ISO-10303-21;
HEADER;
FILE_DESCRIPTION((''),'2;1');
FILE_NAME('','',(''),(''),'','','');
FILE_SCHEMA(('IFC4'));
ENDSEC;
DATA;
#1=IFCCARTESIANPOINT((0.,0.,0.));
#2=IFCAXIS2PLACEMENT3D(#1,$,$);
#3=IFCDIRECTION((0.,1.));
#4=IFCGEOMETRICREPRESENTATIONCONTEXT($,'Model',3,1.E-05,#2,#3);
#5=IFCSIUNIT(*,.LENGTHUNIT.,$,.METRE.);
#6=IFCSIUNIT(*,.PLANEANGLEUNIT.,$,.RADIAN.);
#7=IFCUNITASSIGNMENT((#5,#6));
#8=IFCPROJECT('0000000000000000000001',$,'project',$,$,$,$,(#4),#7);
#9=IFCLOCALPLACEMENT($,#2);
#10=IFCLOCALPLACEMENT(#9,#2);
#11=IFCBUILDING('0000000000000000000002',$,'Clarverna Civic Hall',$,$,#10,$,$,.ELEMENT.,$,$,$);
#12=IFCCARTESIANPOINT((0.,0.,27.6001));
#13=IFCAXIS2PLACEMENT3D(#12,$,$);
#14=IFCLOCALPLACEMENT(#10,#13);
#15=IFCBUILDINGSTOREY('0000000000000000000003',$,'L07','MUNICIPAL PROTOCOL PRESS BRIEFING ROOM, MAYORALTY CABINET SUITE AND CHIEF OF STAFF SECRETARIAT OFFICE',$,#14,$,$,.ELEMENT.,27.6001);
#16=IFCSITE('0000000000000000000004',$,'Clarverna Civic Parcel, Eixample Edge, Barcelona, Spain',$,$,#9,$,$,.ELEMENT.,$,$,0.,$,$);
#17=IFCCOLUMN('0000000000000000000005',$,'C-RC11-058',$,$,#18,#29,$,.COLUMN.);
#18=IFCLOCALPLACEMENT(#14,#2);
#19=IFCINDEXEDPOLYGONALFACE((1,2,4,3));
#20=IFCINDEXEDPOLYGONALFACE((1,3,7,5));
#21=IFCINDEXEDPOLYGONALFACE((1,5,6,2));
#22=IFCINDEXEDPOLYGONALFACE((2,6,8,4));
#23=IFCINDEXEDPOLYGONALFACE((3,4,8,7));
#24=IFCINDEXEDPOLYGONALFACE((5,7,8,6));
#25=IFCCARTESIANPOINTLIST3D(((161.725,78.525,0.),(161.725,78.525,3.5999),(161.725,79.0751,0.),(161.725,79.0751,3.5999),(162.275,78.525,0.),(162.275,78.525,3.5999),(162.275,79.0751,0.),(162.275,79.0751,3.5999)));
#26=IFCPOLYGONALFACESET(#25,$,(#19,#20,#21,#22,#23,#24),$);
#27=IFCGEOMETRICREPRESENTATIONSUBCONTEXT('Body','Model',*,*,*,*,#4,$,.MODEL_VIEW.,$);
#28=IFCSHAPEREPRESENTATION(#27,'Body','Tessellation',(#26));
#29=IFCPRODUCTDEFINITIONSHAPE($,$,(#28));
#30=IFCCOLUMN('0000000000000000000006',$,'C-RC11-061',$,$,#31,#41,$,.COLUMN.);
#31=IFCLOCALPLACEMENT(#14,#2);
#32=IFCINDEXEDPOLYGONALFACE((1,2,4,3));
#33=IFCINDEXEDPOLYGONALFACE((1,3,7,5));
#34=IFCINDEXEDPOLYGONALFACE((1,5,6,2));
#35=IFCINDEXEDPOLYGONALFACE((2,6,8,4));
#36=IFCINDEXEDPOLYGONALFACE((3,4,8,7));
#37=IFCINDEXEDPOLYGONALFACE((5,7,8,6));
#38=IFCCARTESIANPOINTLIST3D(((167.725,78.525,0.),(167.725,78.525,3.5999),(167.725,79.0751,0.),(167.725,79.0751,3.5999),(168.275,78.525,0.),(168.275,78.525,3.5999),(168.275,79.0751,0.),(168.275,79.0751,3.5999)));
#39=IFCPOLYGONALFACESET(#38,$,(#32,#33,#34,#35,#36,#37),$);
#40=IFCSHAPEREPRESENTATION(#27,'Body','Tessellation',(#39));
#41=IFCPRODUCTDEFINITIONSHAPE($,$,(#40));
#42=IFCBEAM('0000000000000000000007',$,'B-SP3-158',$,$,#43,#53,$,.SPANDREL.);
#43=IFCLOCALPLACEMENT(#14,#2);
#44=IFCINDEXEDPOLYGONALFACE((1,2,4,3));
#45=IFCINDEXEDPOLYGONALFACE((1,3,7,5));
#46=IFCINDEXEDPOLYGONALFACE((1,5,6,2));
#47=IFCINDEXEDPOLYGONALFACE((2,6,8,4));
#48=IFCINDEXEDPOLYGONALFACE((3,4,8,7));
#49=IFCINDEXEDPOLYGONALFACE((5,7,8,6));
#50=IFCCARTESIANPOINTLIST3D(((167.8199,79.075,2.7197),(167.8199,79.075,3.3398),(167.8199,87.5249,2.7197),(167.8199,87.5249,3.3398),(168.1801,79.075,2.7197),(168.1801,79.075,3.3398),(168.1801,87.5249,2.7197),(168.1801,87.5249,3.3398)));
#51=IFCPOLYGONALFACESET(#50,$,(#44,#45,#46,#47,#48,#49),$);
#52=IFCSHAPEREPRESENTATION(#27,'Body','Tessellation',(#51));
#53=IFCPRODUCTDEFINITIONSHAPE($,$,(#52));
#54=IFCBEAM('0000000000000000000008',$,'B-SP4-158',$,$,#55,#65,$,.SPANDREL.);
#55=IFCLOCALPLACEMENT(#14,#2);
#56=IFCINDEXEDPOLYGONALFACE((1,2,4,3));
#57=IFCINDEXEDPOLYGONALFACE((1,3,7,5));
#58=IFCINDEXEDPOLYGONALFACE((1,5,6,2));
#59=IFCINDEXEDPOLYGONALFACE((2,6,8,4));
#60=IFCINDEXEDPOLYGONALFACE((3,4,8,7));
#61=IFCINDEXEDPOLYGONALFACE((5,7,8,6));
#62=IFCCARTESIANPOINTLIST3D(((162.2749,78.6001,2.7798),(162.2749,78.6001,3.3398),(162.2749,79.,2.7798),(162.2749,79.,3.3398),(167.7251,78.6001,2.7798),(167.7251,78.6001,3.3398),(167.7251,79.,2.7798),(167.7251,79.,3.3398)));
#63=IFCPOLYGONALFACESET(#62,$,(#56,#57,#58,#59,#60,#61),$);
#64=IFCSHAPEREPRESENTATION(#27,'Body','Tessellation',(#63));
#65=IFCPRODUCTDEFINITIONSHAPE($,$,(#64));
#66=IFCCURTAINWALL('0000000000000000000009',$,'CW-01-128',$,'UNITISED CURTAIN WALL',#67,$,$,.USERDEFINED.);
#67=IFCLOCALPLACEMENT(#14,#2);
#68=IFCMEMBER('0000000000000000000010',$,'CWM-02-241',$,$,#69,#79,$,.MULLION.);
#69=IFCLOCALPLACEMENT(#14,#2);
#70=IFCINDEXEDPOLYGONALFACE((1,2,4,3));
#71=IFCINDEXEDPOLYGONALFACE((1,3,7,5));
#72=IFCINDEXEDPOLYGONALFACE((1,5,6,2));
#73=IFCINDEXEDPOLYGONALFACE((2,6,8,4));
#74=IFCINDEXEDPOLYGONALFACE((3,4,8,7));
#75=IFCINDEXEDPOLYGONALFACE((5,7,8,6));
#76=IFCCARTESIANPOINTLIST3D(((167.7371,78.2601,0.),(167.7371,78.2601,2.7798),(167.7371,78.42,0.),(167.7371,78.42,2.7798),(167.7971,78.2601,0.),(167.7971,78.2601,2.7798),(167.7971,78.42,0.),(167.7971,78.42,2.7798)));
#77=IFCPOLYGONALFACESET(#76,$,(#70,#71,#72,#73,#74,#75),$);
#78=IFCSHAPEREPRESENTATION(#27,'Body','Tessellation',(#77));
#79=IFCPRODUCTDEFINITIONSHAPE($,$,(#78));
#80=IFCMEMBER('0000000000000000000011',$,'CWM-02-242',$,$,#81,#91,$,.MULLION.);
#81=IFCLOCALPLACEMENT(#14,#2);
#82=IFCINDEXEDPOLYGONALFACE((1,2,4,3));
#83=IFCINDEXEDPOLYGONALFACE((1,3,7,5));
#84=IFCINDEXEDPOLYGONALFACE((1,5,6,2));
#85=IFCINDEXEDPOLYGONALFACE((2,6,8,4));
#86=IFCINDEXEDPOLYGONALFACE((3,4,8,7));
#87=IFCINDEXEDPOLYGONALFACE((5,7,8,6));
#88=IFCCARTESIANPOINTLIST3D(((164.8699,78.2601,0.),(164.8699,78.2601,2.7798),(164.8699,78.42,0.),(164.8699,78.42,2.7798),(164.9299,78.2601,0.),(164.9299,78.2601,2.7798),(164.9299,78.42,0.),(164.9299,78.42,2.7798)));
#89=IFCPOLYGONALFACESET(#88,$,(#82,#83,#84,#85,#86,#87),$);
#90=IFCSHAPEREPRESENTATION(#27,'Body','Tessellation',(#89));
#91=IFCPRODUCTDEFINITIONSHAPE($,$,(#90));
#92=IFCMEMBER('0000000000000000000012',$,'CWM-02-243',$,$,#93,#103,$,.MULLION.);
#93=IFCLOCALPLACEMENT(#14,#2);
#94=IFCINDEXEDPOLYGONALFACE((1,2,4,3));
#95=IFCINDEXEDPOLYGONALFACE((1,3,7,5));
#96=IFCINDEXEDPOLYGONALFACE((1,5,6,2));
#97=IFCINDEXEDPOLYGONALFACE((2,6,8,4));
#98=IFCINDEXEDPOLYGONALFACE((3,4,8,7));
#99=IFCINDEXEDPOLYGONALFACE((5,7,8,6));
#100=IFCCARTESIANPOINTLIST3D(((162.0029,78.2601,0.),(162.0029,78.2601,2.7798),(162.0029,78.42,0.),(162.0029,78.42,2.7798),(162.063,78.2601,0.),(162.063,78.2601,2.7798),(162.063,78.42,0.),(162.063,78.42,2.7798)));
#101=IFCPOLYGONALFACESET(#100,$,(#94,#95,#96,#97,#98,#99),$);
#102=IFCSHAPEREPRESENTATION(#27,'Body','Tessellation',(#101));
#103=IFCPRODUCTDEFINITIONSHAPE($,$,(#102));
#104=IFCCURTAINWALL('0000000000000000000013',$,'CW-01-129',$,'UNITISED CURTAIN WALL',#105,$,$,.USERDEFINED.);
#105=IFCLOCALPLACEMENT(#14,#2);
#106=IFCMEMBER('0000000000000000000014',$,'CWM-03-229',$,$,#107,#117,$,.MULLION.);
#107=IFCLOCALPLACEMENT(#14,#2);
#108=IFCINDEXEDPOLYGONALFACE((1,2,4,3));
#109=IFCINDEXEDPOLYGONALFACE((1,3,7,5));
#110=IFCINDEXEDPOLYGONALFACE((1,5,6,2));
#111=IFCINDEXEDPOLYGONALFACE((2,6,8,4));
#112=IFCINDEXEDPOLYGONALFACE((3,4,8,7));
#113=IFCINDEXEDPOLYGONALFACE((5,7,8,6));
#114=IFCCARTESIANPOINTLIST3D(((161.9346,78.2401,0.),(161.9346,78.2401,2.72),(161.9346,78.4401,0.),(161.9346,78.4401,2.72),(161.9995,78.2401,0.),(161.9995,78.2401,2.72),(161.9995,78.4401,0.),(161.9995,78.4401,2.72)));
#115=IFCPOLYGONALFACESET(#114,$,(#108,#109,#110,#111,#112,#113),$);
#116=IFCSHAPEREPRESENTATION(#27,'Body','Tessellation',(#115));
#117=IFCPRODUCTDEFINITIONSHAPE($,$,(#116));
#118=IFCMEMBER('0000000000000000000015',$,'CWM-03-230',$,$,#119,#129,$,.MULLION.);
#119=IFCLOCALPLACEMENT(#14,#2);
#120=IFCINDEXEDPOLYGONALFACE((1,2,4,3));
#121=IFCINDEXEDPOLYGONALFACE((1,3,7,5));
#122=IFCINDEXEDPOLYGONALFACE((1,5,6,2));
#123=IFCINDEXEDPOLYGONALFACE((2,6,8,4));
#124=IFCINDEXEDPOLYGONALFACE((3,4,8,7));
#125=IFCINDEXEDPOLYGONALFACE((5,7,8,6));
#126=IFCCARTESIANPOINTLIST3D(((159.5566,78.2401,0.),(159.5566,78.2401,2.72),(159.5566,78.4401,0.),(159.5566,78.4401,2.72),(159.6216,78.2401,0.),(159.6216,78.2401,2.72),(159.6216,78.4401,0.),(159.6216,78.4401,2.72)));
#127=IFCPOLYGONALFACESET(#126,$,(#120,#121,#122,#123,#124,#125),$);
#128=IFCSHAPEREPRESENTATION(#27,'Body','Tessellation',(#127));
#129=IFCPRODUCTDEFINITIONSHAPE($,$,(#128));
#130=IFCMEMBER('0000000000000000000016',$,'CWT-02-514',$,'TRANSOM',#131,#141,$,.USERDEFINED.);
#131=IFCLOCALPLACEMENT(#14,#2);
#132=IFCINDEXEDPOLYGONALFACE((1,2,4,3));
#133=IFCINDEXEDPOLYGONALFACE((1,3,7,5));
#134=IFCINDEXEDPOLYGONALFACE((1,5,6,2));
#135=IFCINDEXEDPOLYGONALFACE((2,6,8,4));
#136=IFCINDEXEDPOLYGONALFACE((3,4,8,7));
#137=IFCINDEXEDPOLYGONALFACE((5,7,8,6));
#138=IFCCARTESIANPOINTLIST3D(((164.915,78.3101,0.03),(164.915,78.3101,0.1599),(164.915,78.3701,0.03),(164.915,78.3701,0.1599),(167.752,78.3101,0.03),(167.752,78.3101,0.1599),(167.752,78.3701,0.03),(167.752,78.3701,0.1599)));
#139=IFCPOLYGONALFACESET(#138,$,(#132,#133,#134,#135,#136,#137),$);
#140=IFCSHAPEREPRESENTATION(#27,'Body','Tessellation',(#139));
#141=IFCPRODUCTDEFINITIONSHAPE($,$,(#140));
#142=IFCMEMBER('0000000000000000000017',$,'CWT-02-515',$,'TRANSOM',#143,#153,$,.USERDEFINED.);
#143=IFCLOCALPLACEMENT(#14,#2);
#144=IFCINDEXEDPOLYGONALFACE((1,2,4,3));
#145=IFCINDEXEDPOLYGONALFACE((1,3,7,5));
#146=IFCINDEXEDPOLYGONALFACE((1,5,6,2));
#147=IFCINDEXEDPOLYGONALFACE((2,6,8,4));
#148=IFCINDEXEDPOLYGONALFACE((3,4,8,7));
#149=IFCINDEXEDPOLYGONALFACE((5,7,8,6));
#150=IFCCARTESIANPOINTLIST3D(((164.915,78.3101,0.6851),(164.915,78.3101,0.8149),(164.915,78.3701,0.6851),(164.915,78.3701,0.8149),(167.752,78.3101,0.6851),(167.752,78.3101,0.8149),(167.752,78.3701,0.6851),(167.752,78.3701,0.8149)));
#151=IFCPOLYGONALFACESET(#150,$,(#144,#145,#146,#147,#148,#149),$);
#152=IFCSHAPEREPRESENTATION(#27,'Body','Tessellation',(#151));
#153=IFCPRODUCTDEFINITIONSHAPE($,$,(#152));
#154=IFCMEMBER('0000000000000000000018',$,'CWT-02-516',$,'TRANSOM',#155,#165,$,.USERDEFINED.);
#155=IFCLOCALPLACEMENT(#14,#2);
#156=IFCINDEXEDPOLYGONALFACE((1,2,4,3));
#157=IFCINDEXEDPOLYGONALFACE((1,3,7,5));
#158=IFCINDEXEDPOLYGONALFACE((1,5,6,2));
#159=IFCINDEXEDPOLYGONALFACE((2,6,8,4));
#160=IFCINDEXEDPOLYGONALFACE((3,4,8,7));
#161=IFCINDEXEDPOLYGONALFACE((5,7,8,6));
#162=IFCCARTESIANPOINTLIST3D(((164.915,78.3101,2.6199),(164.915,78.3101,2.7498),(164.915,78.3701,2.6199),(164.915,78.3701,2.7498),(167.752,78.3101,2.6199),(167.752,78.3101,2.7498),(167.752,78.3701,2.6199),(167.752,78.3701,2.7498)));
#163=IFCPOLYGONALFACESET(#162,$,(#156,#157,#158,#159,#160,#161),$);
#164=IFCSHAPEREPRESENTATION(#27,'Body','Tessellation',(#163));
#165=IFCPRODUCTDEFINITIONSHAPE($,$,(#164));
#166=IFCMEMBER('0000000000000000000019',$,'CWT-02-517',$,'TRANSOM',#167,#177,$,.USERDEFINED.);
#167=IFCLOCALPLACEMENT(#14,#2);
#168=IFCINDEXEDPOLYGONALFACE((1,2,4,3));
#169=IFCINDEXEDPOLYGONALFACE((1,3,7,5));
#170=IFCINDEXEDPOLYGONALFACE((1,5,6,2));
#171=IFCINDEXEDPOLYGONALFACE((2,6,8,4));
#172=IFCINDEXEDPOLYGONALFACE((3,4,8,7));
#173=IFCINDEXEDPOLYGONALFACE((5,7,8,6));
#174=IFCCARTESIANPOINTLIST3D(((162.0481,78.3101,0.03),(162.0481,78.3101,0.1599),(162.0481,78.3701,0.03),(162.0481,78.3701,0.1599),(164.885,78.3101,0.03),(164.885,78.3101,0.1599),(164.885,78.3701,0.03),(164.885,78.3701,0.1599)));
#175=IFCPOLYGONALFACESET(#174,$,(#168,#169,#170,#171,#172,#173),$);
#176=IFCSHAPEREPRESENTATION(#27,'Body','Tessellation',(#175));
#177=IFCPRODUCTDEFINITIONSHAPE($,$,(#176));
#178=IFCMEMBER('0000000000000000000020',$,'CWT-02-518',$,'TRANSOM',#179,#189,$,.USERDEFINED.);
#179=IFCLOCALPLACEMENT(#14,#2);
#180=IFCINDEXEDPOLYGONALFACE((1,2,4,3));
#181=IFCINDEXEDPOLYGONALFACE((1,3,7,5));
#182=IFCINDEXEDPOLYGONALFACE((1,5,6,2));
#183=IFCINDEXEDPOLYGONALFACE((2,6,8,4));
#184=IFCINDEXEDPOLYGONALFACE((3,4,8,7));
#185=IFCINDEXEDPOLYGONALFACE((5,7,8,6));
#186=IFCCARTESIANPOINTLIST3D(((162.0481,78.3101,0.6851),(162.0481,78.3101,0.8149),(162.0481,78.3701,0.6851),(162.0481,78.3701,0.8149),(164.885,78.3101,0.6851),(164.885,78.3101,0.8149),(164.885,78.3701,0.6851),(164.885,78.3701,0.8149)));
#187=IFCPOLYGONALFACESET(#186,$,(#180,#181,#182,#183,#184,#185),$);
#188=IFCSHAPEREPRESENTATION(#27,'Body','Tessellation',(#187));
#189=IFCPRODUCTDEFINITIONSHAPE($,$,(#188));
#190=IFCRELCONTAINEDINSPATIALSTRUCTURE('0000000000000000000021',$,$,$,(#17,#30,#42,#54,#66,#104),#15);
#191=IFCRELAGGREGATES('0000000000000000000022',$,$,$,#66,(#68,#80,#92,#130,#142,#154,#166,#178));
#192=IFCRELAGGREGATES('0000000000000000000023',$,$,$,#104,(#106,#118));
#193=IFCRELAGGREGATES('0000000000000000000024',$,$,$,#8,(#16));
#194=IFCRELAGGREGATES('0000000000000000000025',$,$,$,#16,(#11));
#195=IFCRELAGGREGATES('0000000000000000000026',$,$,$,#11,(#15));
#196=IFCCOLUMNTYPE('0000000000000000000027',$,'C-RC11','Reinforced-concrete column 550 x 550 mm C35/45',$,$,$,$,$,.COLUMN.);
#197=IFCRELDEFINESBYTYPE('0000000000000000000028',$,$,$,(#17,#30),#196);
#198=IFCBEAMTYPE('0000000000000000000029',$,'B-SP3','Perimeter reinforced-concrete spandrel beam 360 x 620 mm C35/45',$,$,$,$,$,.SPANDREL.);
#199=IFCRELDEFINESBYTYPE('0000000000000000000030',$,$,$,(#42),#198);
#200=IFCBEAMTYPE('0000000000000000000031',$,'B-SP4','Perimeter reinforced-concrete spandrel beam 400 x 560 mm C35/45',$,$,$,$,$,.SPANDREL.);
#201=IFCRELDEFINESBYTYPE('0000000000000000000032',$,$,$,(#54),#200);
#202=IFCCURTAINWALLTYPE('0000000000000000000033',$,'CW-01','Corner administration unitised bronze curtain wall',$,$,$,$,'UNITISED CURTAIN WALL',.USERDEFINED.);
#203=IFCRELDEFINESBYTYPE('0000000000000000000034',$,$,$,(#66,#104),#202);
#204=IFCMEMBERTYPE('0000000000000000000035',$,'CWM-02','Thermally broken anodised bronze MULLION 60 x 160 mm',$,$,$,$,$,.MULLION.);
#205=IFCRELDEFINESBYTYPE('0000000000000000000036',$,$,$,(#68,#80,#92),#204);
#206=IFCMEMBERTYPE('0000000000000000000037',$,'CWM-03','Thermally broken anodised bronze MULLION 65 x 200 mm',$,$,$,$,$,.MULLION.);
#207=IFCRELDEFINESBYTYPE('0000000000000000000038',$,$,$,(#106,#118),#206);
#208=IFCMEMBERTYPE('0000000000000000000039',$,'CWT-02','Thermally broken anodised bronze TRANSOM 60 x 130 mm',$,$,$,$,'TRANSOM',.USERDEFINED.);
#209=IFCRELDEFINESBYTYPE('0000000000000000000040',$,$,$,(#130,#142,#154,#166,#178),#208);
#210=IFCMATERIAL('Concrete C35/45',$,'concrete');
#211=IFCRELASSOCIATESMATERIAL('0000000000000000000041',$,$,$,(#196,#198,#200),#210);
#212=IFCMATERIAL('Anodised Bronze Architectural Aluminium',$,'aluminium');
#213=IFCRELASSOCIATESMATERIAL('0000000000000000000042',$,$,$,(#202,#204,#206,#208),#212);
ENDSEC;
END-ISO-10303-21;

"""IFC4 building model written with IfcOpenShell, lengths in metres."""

from ifc_helpers import new_model, si_unit, direction, frame, origin, origin_2d, place, context, subcontext, project, spatial, rectangle, extrude, material, material_profile, profile_set, type_object, element, aggregate, save


model = new_model("IFC4")

# Units and contexts
model_context = context("Model", 3, precision=1e-05, world=origin(), true_north=direction((0.0, 1.0)))
body_context = subcontext(model_context, "Body", "Model", "MODEL_VIEW")
ifc_project = project(units=[si_unit("LENGTHUNIT", "METRE"), si_unit("PLANEANGLEUNIT", "RADIAN")], contexts=[model_context])

# Site, building, storey
site_placement = place(None, origin())
site = spatial("IfcSite", under=ifc_project, at=site_placement, Name="Clarverna Civic Parcel, Eixample Edge, Barcelona, Spain", CompositionType="ELEMENT", RefElevation=0.0)
building_placement = place(site_placement, origin())
building = spatial("IfcBuilding", under=site, at=building_placement, Name="Clarverna Civic Hall", CompositionType="ELEMENT")
storey_placement = place(building_placement, frame((0.0, 0.0, 27.6001)))
storey = spatial("IfcBuildingStorey", under=building, at=storey_placement, Name="L07", Description="MUNICIPAL PROTOCOL PRESS BRIEFING ROOM, MAYORALTY CABINET SUITE AND CHIEF OF STAFF SECRETARIAT OFFICE", CompositionType="ELEMENT", Elevation=27.6001)

# Columns
ifc_material_1 = material(Name="Concrete C35/45", Category="concrete")
ifc_material_profile_1 = material_profile(ifc_material_1, rectangle(XDim=0.55, YDim=0.55, at=origin_2d()), Name="RC 550x550")
ifc_profile_set_1 = profile_set([ifc_material_profile_1], Name="Concrete C35/45")
column_type = type_object("IfcColumnType", Name="C-RC11", Description="Reinforced-concrete column 550 x 550 mm C35/45", PredefinedType="COLUMN", material=ifc_profile_set_1)
for number, where, z_axis, x_axis, name in (
    (1, (162.0, 78.8, 0.0), (0.0, 0.0, 1.0), (1.0, 0.0, 0.0), "C-RC11-058"),
    (2, (168.0, 78.8, 0.0), (0.0, 0.0, 1.0), (1.0, 0.0, 0.0), "C-RC11-061"),
):
    element("IfcColumn", number, at=place(storey_placement, frame(where, z_axis=z_axis, x_axis=x_axis)), inside=storey, type_object=column_type, Name=name, PredefinedType="COLUMN", context=body_context, shape_type="SweptSolid", body=[
        extrude(rectangle(XDim=0.55, YDim=0.55, at=origin_2d()), origin(), (0.0, 0.0, 1.0), 3.5999),
    ])

# Beams
ifc_material_profile_2 = material_profile(ifc_material_1, rectangle(XDim=0.3601, YDim=0.6201, at=origin_2d()), Name="RC 360x620")
ifc_profile_set_2 = profile_set([ifc_material_profile_2], Name="Concrete C35/45")
beam_type_1 = type_object("IfcBeamType", Name="B-SP3", Description="Perimeter reinforced-concrete spandrel beam 360 x 620 mm C35/45", PredefinedType="SPANDREL", material=ifc_profile_set_2)
beam_1_placement = place(storey_placement, frame((168.0, 79.075, 3.0298), z_axis=(0.0, 1.0, 0.0), x_axis=(-1.0, 0.0, 0.0)))
element("IfcBeam", 3, at=beam_1_placement, inside=storey, type_object=beam_type_1, Name="B-SP3-158", PredefinedType="SPANDREL", context=body_context, shape_type="SweptSolid", body=[
    extrude(rectangle(XDim=0.3601, YDim=0.6201, at=origin_2d()), origin(), (0.0, 0.0, 1.0), 8.45),
])
ifc_material_profile_3 = material_profile(ifc_material_1, rectangle(XDim=0.3999, YDim=0.5601, at=origin_2d()), Name="RC 400x560")
ifc_profile_set_3 = profile_set([ifc_material_profile_3], Name="Concrete C35/45")
beam_type_2 = type_object("IfcBeamType", Name="B-SP4", Description="Perimeter reinforced-concrete spandrel beam 400 x 560 mm C35/45", PredefinedType="SPANDREL", material=ifc_profile_set_3)
beam_2_placement = place(storey_placement, frame((162.2749, 78.8, 3.0598), z_axis=(1.0, 0.0, 0.0), x_axis=(0.0, 1.0, 0.0)))
element("IfcBeam", 4, at=beam_2_placement, inside=storey, type_object=beam_type_2, Name="B-SP4-158", PredefinedType="SPANDREL", context=body_context, shape_type="SweptSolid", body=[
    extrude(rectangle(XDim=0.3999, YDim=0.5601, at=origin_2d()), origin(), (0.0, 0.0, 1.0), 5.4502),
])

# Curtain walls, members
ifc_material_2 = material(Name="Anodised Bronze Architectural Aluminium", Category="aluminium")
curtain_wall_type = type_object("IfcCurtainWallType", Name="CW-01", Description="Corner administration unitised bronze curtain wall", ElementType="UNITISED CURTAIN WALL", PredefinedType="USERDEFINED", material=ifc_material_2)
curtain_wall_1_placement = place(storey_placement, origin())
curtain_wall_1 = element("IfcCurtainWall", 5, at=curtain_wall_1_placement, inside=storey, type_object=curtain_wall_type, Name="CW-01-128", ObjectType="UNITISED CURTAIN WALL", PredefinedType="USERDEFINED")
ifc_material_profile_4 = material_profile(ifc_material_2, rectangle(XDim=0.0601, YDim=0.1599, at=origin_2d()), Name="BRONZE 60x160")
ifc_profile_set_4 = profile_set([ifc_material_profile_4], Name="Anodised Bronze Architectural Aluminium")
member_type_1 = type_object("IfcMemberType", Name="CWM-02", Description="Thermally broken anodised bronze MULLION 60 x 160 mm", PredefinedType="MULLION", material=ifc_profile_set_4)
member_1_placement = place(storey_placement, frame((167.7671, 78.3401, 0.0), z_axis=(0.0, 0.0, 1.0), x_axis=(1.0, 0.0, 0.0)))
member_1 = element("IfcMember", 6, at=member_1_placement, type_object=member_type_1, Name="CWM-02-241", PredefinedType="MULLION", context=body_context, shape_type="SweptSolid", body=[
    extrude(rectangle(XDim=0.0601, YDim=0.1599, at=origin_2d()), origin(), (0.0, 0.0, 1.0), 2.7798),
])
member_2_placement = place(storey_placement, frame((164.8999, 78.3401, 0.0), z_axis=(0.0, 0.0, 1.0), x_axis=(1.0, 0.0, 0.0)))
member_2 = element("IfcMember", 7, at=member_2_placement, type_object=member_type_1, Name="CWM-02-242", PredefinedType="MULLION", context=body_context, shape_type="SweptSolid", body=[
    extrude(rectangle(XDim=0.0601, YDim=0.1599, at=origin_2d()), origin(), (0.0, 0.0, 1.0), 2.7798),
])
member_3_placement = place(storey_placement, frame((162.033, 78.3401, 0.0), z_axis=(0.0, 0.0, 1.0), x_axis=(1.0, 0.0, 0.0)))
member_3 = element("IfcMember", 8, at=member_3_placement, type_object=member_type_1, Name="CWM-02-243", PredefinedType="MULLION", context=body_context, shape_type="SweptSolid", body=[
    extrude(rectangle(XDim=0.0601, YDim=0.1599, at=origin_2d()), origin(), (0.0, 0.0, 1.0), 2.7798),
])
curtain_wall_2_placement = place(storey_placement, origin())
curtain_wall_2 = element("IfcCurtainWall", 9, at=curtain_wall_2_placement, inside=storey, type_object=curtain_wall_type, Name="CW-01-129", ObjectType="UNITISED CURTAIN WALL", PredefinedType="USERDEFINED")
ifc_material_profile_5 = material_profile(ifc_material_2, rectangle(XDim=0.0649, YDim=0.2, at=origin_2d()), Name="BRONZE 65x200")
ifc_profile_set_5 = profile_set([ifc_material_profile_5], Name="Anodised Bronze Architectural Aluminium")
member_type_2 = type_object("IfcMemberType", Name="CWM-03", Description="Thermally broken anodised bronze MULLION 65 x 200 mm", PredefinedType="MULLION", material=ifc_profile_set_5)
member_4_placement = place(storey_placement, frame((161.967, 78.3401, 0.0), z_axis=(0.0, 0.0, 1.0), x_axis=(1.0, 0.0, 0.0)))
member_4 = element("IfcMember", 10, at=member_4_placement, type_object=member_type_2, Name="CWM-03-229", PredefinedType="MULLION", context=body_context, shape_type="SweptSolid", body=[
    extrude(rectangle(XDim=0.0649, YDim=0.2, at=origin_2d()), origin(), (0.0, 0.0, 1.0), 2.72),
])
member_5_placement = place(storey_placement, frame((159.5891, 78.3401, 0.0), z_axis=(0.0, 0.0, 1.0), x_axis=(1.0, 0.0, 0.0)))
member_5 = element("IfcMember", 11, at=member_5_placement, type_object=member_type_2, Name="CWM-03-230", PredefinedType="MULLION", context=body_context, shape_type="SweptSolid", body=[
    extrude(rectangle(XDim=0.0649, YDim=0.2, at=origin_2d()), origin(), (0.0, 0.0, 1.0), 2.72),
])

# Members
ifc_material_profile_6 = material_profile(ifc_material_2, rectangle(XDim=0.0601, YDim=0.1299, at=origin_2d()), Name="BRONZE 60x130")
ifc_profile_set_6 = profile_set([ifc_material_profile_6], Name="Anodised Bronze Architectural Aluminium")
member_type_3 = type_object("IfcMemberType", Name="CWT-02", Description="Thermally broken anodised bronze TRANSOM 60 x 130 mm", ElementType="TRANSOM", PredefinedType="USERDEFINED", material=ifc_profile_set_6)
member_6_placement = place(storey_placement, frame((167.752, 78.3401, 0.095), z_axis=(-1.0, 0.0, 0.0), x_axis=(0.0, -1.0, 0.0)))
member_6 = element("IfcMember", 12, at=member_6_placement, type_object=member_type_3, Name="CWT-02-514", ObjectType="TRANSOM", PredefinedType="USERDEFINED", context=body_context, shape_type="SweptSolid", body=[
    extrude(rectangle(XDim=0.0601, YDim=0.1299, at=origin_2d()), origin(), (0.0, 0.0, 1.0), 2.8369),
])
member_7_placement = place(storey_placement, frame((167.752, 78.3401, 0.75), z_axis=(-1.0, 0.0, 0.0), x_axis=(0.0, -1.0, 0.0)))
member_7 = element("IfcMember", 13, at=member_7_placement, type_object=member_type_3, Name="CWT-02-515", ObjectType="TRANSOM", PredefinedType="USERDEFINED", context=body_context, shape_type="SweptSolid", body=[
    extrude(rectangle(XDim=0.0601, YDim=0.1299, at=origin_2d()), origin(), (0.0, 0.0, 1.0), 2.8369),
])
member_8_placement = place(storey_placement, frame((167.752, 78.3401, 2.6848), z_axis=(-1.0, 0.0, 0.0), x_axis=(0.0, -1.0, 0.0)))
member_8 = element("IfcMember", 14, at=member_8_placement, type_object=member_type_3, Name="CWT-02-516", ObjectType="TRANSOM", PredefinedType="USERDEFINED", context=body_context, shape_type="SweptSolid", body=[
    extrude(rectangle(XDim=0.0601, YDim=0.1299, at=origin_2d()), origin(), (0.0, 0.0, 1.0), 2.8369),
])
member_9_placement = place(storey_placement, frame((164.885, 78.3401, 0.095), z_axis=(-1.0, 0.0, 0.0), x_axis=(0.0, -1.0, 0.0)))
member_9 = element("IfcMember", 15, at=member_9_placement, type_object=member_type_3, Name="CWT-02-517", ObjectType="TRANSOM", PredefinedType="USERDEFINED", context=body_context, shape_type="SweptSolid", body=[
    extrude(rectangle(XDim=0.0601, YDim=0.1299, at=origin_2d()), origin(), (0.0, 0.0, 1.0), 2.8369),
])
member_10_placement = place(storey_placement, frame((164.885, 78.3401, 0.75), z_axis=(-1.0, 0.0, 0.0), x_axis=(0.0, -1.0, 0.0)))
member_10 = element("IfcMember", 16, at=member_10_placement, type_object=member_type_3, Name="CWT-02-518", ObjectType="TRANSOM", PredefinedType="USERDEFINED", context=body_context, shape_type="SweptSolid", body=[
    extrude(rectangle(XDim=0.0601, YDim=0.1299, at=origin_2d()), origin(), (0.0, 0.0, 1.0), 2.8369),
])

aggregate(curtain_wall_1, [member_1, member_2, member_3, member_6, member_7, member_8, member_9, member_10])
aggregate(curtain_wall_2, [member_4, member_5])

save(model, "model.ifc")
